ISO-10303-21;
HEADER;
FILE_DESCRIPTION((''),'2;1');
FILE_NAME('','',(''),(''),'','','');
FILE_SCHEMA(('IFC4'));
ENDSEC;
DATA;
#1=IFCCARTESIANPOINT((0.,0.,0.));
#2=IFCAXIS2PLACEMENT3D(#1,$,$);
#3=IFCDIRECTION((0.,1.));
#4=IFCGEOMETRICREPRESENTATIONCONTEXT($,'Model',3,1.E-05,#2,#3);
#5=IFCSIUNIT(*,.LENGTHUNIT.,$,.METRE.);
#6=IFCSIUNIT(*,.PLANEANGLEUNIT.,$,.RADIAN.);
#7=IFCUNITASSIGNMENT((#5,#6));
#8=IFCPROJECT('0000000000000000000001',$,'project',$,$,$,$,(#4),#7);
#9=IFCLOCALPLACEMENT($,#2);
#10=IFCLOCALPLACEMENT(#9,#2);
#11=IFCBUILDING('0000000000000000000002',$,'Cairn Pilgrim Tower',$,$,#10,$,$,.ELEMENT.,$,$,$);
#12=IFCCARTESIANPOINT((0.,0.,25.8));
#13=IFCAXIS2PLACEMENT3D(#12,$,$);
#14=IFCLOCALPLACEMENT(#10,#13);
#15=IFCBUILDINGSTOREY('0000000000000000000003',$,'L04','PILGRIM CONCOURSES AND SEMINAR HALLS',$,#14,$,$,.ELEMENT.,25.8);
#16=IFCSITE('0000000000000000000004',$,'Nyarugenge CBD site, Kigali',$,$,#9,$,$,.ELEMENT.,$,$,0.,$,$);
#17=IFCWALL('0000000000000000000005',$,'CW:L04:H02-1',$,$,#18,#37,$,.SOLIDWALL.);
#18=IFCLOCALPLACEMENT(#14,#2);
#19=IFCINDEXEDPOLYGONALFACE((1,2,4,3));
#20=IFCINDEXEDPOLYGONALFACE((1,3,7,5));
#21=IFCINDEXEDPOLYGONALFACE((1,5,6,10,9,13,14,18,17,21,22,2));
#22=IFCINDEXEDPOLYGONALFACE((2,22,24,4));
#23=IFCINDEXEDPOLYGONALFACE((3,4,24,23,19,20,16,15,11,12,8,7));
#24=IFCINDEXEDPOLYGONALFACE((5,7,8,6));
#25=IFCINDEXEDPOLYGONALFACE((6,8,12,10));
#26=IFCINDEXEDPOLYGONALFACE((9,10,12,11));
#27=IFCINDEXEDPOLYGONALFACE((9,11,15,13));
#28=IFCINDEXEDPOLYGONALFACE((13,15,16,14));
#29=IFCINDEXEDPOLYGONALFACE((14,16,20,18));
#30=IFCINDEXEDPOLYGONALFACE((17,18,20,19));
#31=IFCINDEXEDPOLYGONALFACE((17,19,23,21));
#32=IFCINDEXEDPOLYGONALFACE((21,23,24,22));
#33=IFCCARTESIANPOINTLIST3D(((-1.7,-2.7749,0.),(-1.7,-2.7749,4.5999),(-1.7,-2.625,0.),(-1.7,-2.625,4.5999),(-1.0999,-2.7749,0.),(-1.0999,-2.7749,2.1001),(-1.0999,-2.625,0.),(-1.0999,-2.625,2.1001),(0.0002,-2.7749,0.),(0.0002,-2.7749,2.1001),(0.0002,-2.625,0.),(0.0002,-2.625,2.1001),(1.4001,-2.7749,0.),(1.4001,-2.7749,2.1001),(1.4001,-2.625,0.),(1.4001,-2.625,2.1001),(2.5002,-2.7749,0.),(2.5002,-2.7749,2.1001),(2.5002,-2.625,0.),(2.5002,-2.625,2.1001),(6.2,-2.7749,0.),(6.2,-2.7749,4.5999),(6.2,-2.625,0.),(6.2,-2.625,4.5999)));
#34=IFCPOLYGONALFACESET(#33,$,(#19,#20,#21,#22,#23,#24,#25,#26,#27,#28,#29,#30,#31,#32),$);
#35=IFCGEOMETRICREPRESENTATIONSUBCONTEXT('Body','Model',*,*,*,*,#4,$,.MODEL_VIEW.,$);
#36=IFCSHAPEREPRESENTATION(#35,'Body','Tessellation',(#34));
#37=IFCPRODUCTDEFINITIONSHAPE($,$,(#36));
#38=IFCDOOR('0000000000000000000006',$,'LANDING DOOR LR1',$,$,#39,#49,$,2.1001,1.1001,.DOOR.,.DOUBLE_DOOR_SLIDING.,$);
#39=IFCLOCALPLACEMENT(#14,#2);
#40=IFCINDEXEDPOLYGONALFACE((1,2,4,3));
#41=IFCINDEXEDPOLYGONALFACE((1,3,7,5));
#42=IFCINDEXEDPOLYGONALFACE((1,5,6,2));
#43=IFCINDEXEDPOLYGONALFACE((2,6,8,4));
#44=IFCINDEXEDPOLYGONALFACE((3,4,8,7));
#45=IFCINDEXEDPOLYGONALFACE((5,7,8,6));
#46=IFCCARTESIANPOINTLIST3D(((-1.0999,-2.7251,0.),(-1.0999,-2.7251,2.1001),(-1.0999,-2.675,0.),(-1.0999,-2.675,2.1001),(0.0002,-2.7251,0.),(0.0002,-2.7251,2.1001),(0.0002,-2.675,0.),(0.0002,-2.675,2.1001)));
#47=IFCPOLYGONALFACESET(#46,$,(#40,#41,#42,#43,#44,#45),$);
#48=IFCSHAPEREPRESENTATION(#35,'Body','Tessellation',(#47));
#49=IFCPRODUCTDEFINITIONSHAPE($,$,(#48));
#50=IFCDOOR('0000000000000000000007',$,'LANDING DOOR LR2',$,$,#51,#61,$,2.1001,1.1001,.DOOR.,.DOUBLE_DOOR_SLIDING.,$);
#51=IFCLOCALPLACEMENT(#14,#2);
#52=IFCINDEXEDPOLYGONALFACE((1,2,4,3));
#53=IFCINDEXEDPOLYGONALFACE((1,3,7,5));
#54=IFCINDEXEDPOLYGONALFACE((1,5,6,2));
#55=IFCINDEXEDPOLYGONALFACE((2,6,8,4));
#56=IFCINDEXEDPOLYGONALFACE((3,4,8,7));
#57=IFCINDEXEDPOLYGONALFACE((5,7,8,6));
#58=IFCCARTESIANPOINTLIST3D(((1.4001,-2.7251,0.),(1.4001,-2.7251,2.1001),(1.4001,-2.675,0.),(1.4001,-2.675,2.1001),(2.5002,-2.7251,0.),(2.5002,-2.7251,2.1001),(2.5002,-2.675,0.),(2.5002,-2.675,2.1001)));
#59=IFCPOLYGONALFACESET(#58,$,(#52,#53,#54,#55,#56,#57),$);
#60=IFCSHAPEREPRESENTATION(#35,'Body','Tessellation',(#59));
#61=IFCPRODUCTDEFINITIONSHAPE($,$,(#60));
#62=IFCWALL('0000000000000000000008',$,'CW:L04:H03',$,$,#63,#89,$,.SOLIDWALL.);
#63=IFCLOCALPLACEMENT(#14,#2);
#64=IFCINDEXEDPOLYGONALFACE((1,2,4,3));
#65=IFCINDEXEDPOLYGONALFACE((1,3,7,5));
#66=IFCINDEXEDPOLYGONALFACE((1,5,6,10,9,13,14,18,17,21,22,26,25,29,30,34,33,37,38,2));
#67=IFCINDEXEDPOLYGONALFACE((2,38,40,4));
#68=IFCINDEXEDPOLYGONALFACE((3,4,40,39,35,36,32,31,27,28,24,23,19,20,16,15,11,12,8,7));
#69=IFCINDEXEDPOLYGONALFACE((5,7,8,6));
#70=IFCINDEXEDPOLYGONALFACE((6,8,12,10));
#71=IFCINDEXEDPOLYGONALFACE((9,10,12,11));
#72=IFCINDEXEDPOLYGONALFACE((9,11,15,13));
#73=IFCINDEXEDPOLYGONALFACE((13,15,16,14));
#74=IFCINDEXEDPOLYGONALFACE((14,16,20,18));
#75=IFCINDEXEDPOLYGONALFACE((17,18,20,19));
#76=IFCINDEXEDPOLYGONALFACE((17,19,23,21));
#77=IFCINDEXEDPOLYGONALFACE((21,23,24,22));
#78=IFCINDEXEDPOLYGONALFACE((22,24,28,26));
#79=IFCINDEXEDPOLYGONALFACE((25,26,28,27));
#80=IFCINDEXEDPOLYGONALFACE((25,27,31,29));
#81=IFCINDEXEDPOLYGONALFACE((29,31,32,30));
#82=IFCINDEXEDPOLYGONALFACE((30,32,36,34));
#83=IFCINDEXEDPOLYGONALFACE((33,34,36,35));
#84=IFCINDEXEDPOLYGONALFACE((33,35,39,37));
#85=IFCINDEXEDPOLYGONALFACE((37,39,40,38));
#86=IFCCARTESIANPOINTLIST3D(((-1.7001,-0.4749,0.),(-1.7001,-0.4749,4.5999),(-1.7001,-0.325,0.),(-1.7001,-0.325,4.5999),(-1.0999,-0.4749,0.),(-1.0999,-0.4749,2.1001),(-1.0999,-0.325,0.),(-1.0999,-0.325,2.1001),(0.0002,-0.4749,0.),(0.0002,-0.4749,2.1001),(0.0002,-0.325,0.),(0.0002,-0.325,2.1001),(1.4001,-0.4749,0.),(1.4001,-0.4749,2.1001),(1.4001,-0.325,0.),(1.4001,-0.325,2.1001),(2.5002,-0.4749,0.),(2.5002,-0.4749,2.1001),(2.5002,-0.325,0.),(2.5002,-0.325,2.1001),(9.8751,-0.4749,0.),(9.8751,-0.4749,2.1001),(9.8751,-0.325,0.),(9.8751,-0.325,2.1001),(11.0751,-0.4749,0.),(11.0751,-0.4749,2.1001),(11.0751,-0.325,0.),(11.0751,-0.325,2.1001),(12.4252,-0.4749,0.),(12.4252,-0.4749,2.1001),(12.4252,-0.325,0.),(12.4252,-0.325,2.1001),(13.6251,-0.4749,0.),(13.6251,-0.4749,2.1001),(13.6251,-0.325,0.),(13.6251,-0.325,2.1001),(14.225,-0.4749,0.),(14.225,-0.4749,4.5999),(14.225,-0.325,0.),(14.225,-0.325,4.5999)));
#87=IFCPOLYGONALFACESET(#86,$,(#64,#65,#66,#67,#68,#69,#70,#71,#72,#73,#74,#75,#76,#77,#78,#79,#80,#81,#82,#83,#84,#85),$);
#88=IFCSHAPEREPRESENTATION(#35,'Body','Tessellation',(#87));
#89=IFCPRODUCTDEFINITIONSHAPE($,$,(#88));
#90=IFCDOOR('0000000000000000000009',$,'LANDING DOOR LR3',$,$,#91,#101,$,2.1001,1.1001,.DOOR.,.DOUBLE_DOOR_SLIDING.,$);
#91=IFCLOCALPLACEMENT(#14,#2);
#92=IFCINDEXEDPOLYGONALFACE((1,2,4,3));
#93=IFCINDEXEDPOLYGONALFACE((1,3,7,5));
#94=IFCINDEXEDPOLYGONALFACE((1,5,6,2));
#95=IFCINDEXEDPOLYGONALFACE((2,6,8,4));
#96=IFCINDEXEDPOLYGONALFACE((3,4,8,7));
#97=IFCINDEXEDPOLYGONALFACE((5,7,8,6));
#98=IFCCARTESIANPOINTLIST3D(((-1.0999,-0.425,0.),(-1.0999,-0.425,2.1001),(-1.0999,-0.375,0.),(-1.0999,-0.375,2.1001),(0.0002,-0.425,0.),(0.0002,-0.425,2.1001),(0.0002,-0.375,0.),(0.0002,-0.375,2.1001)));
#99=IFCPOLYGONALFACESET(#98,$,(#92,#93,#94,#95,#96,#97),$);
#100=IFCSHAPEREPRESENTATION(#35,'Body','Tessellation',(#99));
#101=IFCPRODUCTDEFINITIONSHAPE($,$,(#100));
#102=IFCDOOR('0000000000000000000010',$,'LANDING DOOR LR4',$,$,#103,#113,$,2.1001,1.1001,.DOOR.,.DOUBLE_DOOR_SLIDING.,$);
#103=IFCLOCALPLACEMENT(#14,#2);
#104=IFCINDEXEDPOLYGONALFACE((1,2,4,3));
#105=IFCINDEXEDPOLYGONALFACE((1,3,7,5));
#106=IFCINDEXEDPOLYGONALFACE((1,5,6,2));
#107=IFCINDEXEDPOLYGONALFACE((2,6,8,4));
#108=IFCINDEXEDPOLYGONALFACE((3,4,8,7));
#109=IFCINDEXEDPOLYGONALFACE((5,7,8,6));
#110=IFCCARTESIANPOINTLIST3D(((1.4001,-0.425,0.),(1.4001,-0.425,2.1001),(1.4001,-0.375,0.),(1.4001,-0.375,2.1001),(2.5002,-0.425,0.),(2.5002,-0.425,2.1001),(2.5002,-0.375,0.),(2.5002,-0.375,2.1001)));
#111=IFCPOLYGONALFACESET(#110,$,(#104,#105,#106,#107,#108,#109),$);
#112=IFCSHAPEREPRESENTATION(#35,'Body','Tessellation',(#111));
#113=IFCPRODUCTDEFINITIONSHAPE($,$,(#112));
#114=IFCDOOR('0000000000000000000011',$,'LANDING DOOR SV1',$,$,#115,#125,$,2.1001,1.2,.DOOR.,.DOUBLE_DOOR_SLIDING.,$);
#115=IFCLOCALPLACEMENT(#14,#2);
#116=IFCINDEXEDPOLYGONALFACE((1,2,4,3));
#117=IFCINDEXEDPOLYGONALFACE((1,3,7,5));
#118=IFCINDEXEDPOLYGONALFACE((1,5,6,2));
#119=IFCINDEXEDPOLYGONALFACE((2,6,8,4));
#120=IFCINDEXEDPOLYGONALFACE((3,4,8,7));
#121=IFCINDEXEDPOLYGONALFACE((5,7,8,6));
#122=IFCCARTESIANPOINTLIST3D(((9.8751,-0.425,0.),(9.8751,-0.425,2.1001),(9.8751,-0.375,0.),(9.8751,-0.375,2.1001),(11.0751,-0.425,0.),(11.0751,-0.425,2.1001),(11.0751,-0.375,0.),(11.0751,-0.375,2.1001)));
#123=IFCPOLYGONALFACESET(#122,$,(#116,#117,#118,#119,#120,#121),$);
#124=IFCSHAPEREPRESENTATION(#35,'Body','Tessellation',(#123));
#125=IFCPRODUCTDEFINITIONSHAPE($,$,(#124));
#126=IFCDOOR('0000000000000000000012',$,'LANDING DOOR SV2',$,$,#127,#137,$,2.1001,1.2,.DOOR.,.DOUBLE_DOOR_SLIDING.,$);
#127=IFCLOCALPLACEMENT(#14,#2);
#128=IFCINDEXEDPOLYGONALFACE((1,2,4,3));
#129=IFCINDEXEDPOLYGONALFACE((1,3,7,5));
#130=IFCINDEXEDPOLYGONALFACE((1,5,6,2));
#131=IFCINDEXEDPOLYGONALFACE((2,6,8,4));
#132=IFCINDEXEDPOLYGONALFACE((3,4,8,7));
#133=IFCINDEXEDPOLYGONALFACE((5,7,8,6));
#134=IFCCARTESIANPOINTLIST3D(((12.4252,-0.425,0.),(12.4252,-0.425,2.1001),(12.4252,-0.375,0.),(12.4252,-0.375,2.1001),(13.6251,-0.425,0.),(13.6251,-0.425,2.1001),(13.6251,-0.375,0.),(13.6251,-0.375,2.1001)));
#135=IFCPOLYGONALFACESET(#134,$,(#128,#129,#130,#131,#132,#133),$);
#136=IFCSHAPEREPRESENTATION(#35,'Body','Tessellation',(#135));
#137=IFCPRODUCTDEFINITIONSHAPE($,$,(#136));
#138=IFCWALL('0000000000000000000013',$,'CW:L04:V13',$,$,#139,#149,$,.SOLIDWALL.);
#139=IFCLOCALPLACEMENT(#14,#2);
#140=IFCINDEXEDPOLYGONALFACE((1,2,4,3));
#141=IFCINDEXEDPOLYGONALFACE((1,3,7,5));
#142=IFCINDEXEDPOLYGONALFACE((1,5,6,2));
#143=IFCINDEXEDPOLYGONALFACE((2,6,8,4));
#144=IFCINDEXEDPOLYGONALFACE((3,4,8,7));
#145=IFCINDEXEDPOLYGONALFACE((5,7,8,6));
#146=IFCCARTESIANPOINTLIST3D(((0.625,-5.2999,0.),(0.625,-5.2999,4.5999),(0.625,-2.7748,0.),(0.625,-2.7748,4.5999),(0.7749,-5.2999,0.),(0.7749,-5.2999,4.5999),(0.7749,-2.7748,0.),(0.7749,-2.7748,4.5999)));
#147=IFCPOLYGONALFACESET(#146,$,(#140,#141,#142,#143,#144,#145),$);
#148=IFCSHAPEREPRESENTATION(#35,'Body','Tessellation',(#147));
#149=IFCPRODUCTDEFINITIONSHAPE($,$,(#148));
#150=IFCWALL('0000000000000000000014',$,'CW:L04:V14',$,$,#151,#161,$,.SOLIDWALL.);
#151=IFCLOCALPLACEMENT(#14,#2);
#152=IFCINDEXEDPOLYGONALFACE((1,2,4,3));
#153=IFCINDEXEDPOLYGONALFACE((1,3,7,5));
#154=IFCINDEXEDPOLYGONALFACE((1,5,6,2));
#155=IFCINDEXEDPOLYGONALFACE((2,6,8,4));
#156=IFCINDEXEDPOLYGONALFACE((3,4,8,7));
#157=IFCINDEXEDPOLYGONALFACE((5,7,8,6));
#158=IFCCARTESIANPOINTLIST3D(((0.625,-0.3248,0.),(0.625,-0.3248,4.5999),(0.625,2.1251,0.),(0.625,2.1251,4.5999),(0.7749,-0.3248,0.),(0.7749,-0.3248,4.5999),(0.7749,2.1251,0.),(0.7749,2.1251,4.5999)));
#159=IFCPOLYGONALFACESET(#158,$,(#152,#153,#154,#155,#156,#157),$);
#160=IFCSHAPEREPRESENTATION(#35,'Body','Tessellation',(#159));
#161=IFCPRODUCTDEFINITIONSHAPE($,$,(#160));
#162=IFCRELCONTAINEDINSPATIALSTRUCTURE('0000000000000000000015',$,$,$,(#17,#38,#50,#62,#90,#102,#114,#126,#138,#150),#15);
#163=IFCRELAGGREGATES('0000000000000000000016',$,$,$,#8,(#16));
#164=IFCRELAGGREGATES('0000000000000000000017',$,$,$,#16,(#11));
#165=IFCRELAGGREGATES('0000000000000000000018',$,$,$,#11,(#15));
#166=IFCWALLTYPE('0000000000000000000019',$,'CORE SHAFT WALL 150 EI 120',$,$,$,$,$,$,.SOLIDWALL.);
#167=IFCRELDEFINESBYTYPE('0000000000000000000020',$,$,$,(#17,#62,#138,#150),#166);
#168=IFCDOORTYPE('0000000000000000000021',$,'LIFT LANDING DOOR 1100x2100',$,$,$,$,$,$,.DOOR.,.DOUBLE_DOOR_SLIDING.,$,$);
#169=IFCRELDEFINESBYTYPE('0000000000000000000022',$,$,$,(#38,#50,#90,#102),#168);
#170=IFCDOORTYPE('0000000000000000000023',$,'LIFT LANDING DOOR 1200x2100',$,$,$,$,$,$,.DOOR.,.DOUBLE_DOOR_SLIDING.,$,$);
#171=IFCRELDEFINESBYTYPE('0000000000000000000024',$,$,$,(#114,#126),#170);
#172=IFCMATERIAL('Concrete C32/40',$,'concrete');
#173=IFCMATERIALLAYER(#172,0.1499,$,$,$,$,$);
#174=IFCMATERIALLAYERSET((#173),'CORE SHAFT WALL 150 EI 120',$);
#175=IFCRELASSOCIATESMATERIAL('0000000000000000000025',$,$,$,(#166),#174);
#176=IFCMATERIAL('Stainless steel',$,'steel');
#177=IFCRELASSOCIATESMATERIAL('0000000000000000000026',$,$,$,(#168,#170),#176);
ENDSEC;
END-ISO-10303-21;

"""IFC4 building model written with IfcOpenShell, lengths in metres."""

from ifc_helpers import new_model, si_unit, direction, frame, frame_2d, origin, place, context, subcontext, project, spatial, rectangle, extrude, material, layer, layer_set, type_object, element, fill, save


model = new_model("IFC4")

# Units and contexts
model_context = context("Model", 3, precision=1e-05, world=origin(), true_north=direction((0.0, 1.0)))
body_context = subcontext(model_context, "Body", "Model", "MODEL_VIEW")
ifc_project = project(units=[si_unit("LENGTHUNIT", "METRE"), si_unit("PLANEANGLEUNIT", "RADIAN")], contexts=[model_context])

# Site, building, storey
site_placement = place(None, origin())
site = spatial("IfcSite", under=ifc_project, at=site_placement, Name="Nyarugenge CBD site, Kigali", CompositionType="ELEMENT", RefElevation=0.0)
building_placement = place(site_placement, origin())
building = spatial("IfcBuilding", under=site, at=building_placement, Name="Cairn Pilgrim Tower", CompositionType="ELEMENT")
storey_placement = place(building_placement, frame((0.0, 0.0, 25.8)))
storey = spatial("IfcBuildingStorey", under=building, at=storey_placement, Name="L04", Description="PILGRIM CONCOURSES AND SEMINAR HALLS", CompositionType="ELEMENT", Elevation=25.8)

# Walls, openings, doors
ifc_material_1 = material(Name="Concrete C32/40", Category="concrete")
ifc_layer_1 = layer(ifc_material_1, 0.1499)
ifc_layer_set_1 = layer_set([ifc_layer_1], Name="CORE SHAFT WALL 150 EI 120")
wall_type_1 = type_object("IfcWallType", Name="CORE SHAFT WALL 150 EI 120", PredefinedType="SOLIDWALL", material=ifc_layer_set_1)
wall_1_placement = place(storey_placement, frame((-1.7, -2.7, 0.0), z_axis=(0.0, 0.0, 1.0), x_axis=(1.0, 0.0, 0.0)))
wall_1 = element("IfcWall", 1, at=wall_1_placement, inside=storey, type_object=wall_type_1, Name="CW:L04:H02-1", PredefinedType="SOLIDWALL", context=body_context, shape_type="SweptSolid", body=[
    extrude(rectangle(XDim=7.8999, YDim=0.1499, at=frame_2d((3.95, 0.0))), origin(), (0.0, 0.0, 1.0), 4.5999),
])
opening_1_placement = place(wall_1_placement, frame((0.6001, 0.0, 0.0)))
opening_1 = element("IfcOpeningElement", 2, at=opening_1_placement, cuts=wall_1, PredefinedType="OPENING", context=body_context, shape_type="SweptSolid", body=[
    extrude(rectangle(XDim=1.1001, YDim=2.1001, at=frame_2d((0.55, 1.05))), frame((0.0, 0.085, 0.0), z_axis=(0.0, -1.0, 0.0), x_axis=(1.0, 0.0, 0.0)), (0.0, 0.0, 1.0), 0.1699),
])
opening_2_placement = place(wall_1_placement, frame((3.1001, 0.0, 0.0)))
opening_2 = element("IfcOpeningElement", 3, at=opening_2_placement, cuts=wall_1, PredefinedType="OPENING", context=body_context, shape_type="SweptSolid", body=[
    extrude(rectangle(XDim=1.1001, YDim=2.1001, at=frame_2d((0.55, 1.05))), frame((0.0, 0.085, 0.0), z_axis=(0.0, -1.0, 0.0), x_axis=(1.0, 0.0, 0.0)), (0.0, 0.0, 1.0), 0.1699),
])
ifc_material_2 = material(Name="Stainless steel", Category="steel")
door_type_1 = type_object("IfcDoorType", Name="LIFT LANDING DOOR 1100x2100", OperationType="DOUBLE_DOOR_SLIDING", PredefinedType="DOOR", material=ifc_material_2)
door_1_placement = place(opening_1_placement, origin())
door_1 = element("IfcDoor", 4, at=door_1_placement, inside=storey, type_object=door_type_1, Name="LANDING DOOR LR1", OperationType="DOUBLE_DOOR_SLIDING", OverallHeight=2.1001, OverallWidth=1.1001, PredefinedType="DOOR", context=body_context, shape_type="SweptSolid", body=[
    extrude(rectangle(XDim=1.1001, YDim=2.1001, at=frame_2d((0.55, 1.05))), frame((0.0, 0.0249, 0.0), z_axis=(0.0, -1.0, 0.0), x_axis=(1.0, 0.0, 0.0)), (0.0, 0.0, 1.0), 0.05),
])
fill(opening_1, door_1)
door_2_placement = place(opening_2_placement, origin())
door_2 = element("IfcDoor", 5, at=door_2_placement, inside=storey, type_object=door_type_1, Name="LANDING DOOR LR2", OperationType="DOUBLE_DOOR_SLIDING", OverallHeight=2.1001, OverallWidth=1.1001, PredefinedType="DOOR", context=body_context, shape_type="SweptSolid", body=[
    extrude(rectangle(XDim=1.1001, YDim=2.1001, at=frame_2d((0.55, 1.05))), frame((0.0, 0.0249, 0.0), z_axis=(0.0, -1.0, 0.0), x_axis=(1.0, 0.0, 0.0)), (0.0, 0.0, 1.0), 0.05),
])
fill(opening_2, door_2)
wall_2_placement = place(storey_placement, frame((-1.7, -0.3999, 0.0), z_axis=(0.0, 0.0, 1.0), x_axis=(1.0, 0.0, 0.0)))
wall_2 = element("IfcWall", 6, at=wall_2_placement, inside=storey, type_object=wall_type_1, Name="CW:L04:H03", PredefinedType="SOLIDWALL", context=body_context, shape_type="SweptSolid", body=[
    extrude(rectangle(XDim=15.925, YDim=0.1499, at=frame_2d((7.9624, 0.0))), origin(), (0.0, 0.0, 1.0), 4.5999),
])
opening_3_placement = place(wall_2_placement, frame((0.6001, 0.0, 0.0)))
opening_3 = element("IfcOpeningElement", 7, at=opening_3_placement, cuts=wall_2, PredefinedType="OPENING", context=body_context, shape_type="SweptSolid", body=[
    extrude(rectangle(XDim=1.1001, YDim=2.1001, at=frame_2d((0.55, 1.05))), frame((0.0, 0.085, 0.0), z_axis=(0.0, -1.0, 0.0), x_axis=(1.0, 0.0, 0.0)), (0.0, 0.0, 1.0), 0.1699),
])
opening_4_placement = place(wall_2_placement, frame((3.1001, 0.0, 0.0)))
opening_4 = element("IfcOpeningElement", 8, at=opening_4_placement, cuts=wall_2, PredefinedType="OPENING", context=body_context, shape_type="SweptSolid", body=[
    extrude(rectangle(XDim=1.1001, YDim=2.1001, at=frame_2d((0.55, 1.05))), frame((0.0, 0.085, 0.0), z_axis=(0.0, -1.0, 0.0), x_axis=(1.0, 0.0, 0.0)), (0.0, 0.0, 1.0), 0.1699),
])
opening_5_placement = place(wall_2_placement, frame((11.575, 0.0, 0.0)))
opening_5 = element("IfcOpeningElement", 9, at=opening_5_placement, cuts=wall_2, PredefinedType="OPENING", context=body_context, shape_type="SweptSolid", body=[
    extrude(rectangle(XDim=1.2, YDim=2.1001, at=frame_2d((0.6001, 1.05))), frame((0.0, 0.085, 0.0), z_axis=(0.0, -1.0, 0.0), x_axis=(1.0, 0.0, 0.0)), (0.0, 0.0, 1.0), 0.1699),
])
opening_6_placement = place(wall_2_placement, frame((14.125, 0.0, 0.0)))
opening_6 = element("IfcOpeningElement", 10, at=opening_6_placement, cuts=wall_2, PredefinedType="OPENING", context=body_context, shape_type="SweptSolid", body=[
    extrude(rectangle(XDim=1.2, YDim=2.1001, at=frame_2d((0.6001, 1.05))), frame((0.0, 0.085, 0.0), z_axis=(0.0, -1.0, 0.0), x_axis=(1.0, 0.0, 0.0)), (0.0, 0.0, 1.0), 0.1699),
])
door_3_placement = place(opening_3_placement, origin())
door_3 = element("IfcDoor", 11, at=door_3_placement, inside=storey, type_object=door_type_1, Name="LANDING DOOR LR3", OperationType="DOUBLE_DOOR_SLIDING", OverallHeight=2.1001, OverallWidth=1.1001, PredefinedType="DOOR", context=body_context, shape_type="SweptSolid", body=[
    extrude(rectangle(XDim=1.1001, YDim=2.1001, at=frame_2d((0.55, 1.05))), frame((0.0, 0.0249, 0.0), z_axis=(0.0, -1.0, 0.0), x_axis=(1.0, 0.0, 0.0)), (0.0, 0.0, 1.0), 0.05),
])
fill(opening_3, door_3)
door_4_placement = place(opening_4_placement, origin())
door_4 = element("IfcDoor", 12, at=door_4_placement, inside=storey, type_object=door_type_1, Name="LANDING DOOR LR4", OperationType="DOUBLE_DOOR_SLIDING", OverallHeight=2.1001, OverallWidth=1.1001, PredefinedType="DOOR", context=body_context, shape_type="SweptSolid", body=[
    extrude(rectangle(XDim=1.1001, YDim=2.1001, at=frame_2d((0.55, 1.05))), frame((0.0, 0.0249, 0.0), z_axis=(0.0, -1.0, 0.0), x_axis=(1.0, 0.0, 0.0)), (0.0, 0.0, 1.0), 0.05),
])
fill(opening_4, door_4)
door_type_2 = type_object("IfcDoorType", Name="LIFT LANDING DOOR 1200x2100", OperationType="DOUBLE_DOOR_SLIDING", PredefinedType="DOOR", material=ifc_material_2)
door_5_placement = place(opening_5_placement, origin())
door_5 = element("IfcDoor", 13, at=door_5_placement, inside=storey, type_object=door_type_2, Name="LANDING DOOR SV1", OperationType="DOUBLE_DOOR_SLIDING", OverallHeight=2.1001, OverallWidth=1.2, PredefinedType="DOOR", context=body_context, shape_type="SweptSolid", body=[
    extrude(rectangle(XDim=1.2, YDim=2.1001, at=frame_2d((0.6001, 1.05))), frame((0.0, 0.0249, 0.0), z_axis=(0.0, -1.0, 0.0), x_axis=(1.0, 0.0, 0.0)), (0.0, 0.0, 1.0), 0.05),
])
fill(opening_5, door_5)
door_6_placement = place(opening_6_placement, origin())
door_6 = element("IfcDoor", 14, at=door_6_placement, inside=storey, type_object=door_type_2, Name="LANDING DOOR SV2", OperationType="DOUBLE_DOOR_SLIDING", OverallHeight=2.1001, OverallWidth=1.2, PredefinedType="DOOR", context=body_context, shape_type="SweptSolid", body=[
    extrude(rectangle(XDim=1.2, YDim=2.1001, at=frame_2d((0.6001, 1.05))), frame((0.0, 0.0249, 0.0), z_axis=(0.0, -1.0, 0.0), x_axis=(1.0, 0.0, 0.0)), (0.0, 0.0, 1.0), 0.05),
])
fill(opening_6, door_6)

# Walls
wall_3_placement = place(storey_placement, frame((0.7, -5.3, 0.0), z_axis=(0.0, 0.0, 1.0), x_axis=(0.0, 1.0, 0.0)))
element("IfcWall", 15, at=wall_3_placement, inside=storey, type_object=wall_type_1, Name="CW:L04:V13", PredefinedType="SOLIDWALL", context=body_context, shape_type="SweptSolid", body=[
    extrude(rectangle(XDim=2.5251, YDim=0.1499, at=frame_2d((1.2627, 0.0))), origin(), (0.0, 0.0, 1.0), 4.5999),
])
wall_4_placement = place(storey_placement, frame((0.7, -0.325, 0.0), z_axis=(0.0, 0.0, 1.0), x_axis=(0.0, 1.0, 0.0)))
element("IfcWall", 16, at=wall_4_placement, inside=storey, type_object=wall_type_1, Name="CW:L04:V14", PredefinedType="SOLIDWALL", context=body_context, shape_type="SweptSolid", body=[
    extrude(rectangle(XDim=2.45, YDim=0.1499, at=frame_2d((1.2251, 0.0))), origin(), (0.0, 0.0, 1.0), 4.5999),
])

save(model, "model.ifc")
